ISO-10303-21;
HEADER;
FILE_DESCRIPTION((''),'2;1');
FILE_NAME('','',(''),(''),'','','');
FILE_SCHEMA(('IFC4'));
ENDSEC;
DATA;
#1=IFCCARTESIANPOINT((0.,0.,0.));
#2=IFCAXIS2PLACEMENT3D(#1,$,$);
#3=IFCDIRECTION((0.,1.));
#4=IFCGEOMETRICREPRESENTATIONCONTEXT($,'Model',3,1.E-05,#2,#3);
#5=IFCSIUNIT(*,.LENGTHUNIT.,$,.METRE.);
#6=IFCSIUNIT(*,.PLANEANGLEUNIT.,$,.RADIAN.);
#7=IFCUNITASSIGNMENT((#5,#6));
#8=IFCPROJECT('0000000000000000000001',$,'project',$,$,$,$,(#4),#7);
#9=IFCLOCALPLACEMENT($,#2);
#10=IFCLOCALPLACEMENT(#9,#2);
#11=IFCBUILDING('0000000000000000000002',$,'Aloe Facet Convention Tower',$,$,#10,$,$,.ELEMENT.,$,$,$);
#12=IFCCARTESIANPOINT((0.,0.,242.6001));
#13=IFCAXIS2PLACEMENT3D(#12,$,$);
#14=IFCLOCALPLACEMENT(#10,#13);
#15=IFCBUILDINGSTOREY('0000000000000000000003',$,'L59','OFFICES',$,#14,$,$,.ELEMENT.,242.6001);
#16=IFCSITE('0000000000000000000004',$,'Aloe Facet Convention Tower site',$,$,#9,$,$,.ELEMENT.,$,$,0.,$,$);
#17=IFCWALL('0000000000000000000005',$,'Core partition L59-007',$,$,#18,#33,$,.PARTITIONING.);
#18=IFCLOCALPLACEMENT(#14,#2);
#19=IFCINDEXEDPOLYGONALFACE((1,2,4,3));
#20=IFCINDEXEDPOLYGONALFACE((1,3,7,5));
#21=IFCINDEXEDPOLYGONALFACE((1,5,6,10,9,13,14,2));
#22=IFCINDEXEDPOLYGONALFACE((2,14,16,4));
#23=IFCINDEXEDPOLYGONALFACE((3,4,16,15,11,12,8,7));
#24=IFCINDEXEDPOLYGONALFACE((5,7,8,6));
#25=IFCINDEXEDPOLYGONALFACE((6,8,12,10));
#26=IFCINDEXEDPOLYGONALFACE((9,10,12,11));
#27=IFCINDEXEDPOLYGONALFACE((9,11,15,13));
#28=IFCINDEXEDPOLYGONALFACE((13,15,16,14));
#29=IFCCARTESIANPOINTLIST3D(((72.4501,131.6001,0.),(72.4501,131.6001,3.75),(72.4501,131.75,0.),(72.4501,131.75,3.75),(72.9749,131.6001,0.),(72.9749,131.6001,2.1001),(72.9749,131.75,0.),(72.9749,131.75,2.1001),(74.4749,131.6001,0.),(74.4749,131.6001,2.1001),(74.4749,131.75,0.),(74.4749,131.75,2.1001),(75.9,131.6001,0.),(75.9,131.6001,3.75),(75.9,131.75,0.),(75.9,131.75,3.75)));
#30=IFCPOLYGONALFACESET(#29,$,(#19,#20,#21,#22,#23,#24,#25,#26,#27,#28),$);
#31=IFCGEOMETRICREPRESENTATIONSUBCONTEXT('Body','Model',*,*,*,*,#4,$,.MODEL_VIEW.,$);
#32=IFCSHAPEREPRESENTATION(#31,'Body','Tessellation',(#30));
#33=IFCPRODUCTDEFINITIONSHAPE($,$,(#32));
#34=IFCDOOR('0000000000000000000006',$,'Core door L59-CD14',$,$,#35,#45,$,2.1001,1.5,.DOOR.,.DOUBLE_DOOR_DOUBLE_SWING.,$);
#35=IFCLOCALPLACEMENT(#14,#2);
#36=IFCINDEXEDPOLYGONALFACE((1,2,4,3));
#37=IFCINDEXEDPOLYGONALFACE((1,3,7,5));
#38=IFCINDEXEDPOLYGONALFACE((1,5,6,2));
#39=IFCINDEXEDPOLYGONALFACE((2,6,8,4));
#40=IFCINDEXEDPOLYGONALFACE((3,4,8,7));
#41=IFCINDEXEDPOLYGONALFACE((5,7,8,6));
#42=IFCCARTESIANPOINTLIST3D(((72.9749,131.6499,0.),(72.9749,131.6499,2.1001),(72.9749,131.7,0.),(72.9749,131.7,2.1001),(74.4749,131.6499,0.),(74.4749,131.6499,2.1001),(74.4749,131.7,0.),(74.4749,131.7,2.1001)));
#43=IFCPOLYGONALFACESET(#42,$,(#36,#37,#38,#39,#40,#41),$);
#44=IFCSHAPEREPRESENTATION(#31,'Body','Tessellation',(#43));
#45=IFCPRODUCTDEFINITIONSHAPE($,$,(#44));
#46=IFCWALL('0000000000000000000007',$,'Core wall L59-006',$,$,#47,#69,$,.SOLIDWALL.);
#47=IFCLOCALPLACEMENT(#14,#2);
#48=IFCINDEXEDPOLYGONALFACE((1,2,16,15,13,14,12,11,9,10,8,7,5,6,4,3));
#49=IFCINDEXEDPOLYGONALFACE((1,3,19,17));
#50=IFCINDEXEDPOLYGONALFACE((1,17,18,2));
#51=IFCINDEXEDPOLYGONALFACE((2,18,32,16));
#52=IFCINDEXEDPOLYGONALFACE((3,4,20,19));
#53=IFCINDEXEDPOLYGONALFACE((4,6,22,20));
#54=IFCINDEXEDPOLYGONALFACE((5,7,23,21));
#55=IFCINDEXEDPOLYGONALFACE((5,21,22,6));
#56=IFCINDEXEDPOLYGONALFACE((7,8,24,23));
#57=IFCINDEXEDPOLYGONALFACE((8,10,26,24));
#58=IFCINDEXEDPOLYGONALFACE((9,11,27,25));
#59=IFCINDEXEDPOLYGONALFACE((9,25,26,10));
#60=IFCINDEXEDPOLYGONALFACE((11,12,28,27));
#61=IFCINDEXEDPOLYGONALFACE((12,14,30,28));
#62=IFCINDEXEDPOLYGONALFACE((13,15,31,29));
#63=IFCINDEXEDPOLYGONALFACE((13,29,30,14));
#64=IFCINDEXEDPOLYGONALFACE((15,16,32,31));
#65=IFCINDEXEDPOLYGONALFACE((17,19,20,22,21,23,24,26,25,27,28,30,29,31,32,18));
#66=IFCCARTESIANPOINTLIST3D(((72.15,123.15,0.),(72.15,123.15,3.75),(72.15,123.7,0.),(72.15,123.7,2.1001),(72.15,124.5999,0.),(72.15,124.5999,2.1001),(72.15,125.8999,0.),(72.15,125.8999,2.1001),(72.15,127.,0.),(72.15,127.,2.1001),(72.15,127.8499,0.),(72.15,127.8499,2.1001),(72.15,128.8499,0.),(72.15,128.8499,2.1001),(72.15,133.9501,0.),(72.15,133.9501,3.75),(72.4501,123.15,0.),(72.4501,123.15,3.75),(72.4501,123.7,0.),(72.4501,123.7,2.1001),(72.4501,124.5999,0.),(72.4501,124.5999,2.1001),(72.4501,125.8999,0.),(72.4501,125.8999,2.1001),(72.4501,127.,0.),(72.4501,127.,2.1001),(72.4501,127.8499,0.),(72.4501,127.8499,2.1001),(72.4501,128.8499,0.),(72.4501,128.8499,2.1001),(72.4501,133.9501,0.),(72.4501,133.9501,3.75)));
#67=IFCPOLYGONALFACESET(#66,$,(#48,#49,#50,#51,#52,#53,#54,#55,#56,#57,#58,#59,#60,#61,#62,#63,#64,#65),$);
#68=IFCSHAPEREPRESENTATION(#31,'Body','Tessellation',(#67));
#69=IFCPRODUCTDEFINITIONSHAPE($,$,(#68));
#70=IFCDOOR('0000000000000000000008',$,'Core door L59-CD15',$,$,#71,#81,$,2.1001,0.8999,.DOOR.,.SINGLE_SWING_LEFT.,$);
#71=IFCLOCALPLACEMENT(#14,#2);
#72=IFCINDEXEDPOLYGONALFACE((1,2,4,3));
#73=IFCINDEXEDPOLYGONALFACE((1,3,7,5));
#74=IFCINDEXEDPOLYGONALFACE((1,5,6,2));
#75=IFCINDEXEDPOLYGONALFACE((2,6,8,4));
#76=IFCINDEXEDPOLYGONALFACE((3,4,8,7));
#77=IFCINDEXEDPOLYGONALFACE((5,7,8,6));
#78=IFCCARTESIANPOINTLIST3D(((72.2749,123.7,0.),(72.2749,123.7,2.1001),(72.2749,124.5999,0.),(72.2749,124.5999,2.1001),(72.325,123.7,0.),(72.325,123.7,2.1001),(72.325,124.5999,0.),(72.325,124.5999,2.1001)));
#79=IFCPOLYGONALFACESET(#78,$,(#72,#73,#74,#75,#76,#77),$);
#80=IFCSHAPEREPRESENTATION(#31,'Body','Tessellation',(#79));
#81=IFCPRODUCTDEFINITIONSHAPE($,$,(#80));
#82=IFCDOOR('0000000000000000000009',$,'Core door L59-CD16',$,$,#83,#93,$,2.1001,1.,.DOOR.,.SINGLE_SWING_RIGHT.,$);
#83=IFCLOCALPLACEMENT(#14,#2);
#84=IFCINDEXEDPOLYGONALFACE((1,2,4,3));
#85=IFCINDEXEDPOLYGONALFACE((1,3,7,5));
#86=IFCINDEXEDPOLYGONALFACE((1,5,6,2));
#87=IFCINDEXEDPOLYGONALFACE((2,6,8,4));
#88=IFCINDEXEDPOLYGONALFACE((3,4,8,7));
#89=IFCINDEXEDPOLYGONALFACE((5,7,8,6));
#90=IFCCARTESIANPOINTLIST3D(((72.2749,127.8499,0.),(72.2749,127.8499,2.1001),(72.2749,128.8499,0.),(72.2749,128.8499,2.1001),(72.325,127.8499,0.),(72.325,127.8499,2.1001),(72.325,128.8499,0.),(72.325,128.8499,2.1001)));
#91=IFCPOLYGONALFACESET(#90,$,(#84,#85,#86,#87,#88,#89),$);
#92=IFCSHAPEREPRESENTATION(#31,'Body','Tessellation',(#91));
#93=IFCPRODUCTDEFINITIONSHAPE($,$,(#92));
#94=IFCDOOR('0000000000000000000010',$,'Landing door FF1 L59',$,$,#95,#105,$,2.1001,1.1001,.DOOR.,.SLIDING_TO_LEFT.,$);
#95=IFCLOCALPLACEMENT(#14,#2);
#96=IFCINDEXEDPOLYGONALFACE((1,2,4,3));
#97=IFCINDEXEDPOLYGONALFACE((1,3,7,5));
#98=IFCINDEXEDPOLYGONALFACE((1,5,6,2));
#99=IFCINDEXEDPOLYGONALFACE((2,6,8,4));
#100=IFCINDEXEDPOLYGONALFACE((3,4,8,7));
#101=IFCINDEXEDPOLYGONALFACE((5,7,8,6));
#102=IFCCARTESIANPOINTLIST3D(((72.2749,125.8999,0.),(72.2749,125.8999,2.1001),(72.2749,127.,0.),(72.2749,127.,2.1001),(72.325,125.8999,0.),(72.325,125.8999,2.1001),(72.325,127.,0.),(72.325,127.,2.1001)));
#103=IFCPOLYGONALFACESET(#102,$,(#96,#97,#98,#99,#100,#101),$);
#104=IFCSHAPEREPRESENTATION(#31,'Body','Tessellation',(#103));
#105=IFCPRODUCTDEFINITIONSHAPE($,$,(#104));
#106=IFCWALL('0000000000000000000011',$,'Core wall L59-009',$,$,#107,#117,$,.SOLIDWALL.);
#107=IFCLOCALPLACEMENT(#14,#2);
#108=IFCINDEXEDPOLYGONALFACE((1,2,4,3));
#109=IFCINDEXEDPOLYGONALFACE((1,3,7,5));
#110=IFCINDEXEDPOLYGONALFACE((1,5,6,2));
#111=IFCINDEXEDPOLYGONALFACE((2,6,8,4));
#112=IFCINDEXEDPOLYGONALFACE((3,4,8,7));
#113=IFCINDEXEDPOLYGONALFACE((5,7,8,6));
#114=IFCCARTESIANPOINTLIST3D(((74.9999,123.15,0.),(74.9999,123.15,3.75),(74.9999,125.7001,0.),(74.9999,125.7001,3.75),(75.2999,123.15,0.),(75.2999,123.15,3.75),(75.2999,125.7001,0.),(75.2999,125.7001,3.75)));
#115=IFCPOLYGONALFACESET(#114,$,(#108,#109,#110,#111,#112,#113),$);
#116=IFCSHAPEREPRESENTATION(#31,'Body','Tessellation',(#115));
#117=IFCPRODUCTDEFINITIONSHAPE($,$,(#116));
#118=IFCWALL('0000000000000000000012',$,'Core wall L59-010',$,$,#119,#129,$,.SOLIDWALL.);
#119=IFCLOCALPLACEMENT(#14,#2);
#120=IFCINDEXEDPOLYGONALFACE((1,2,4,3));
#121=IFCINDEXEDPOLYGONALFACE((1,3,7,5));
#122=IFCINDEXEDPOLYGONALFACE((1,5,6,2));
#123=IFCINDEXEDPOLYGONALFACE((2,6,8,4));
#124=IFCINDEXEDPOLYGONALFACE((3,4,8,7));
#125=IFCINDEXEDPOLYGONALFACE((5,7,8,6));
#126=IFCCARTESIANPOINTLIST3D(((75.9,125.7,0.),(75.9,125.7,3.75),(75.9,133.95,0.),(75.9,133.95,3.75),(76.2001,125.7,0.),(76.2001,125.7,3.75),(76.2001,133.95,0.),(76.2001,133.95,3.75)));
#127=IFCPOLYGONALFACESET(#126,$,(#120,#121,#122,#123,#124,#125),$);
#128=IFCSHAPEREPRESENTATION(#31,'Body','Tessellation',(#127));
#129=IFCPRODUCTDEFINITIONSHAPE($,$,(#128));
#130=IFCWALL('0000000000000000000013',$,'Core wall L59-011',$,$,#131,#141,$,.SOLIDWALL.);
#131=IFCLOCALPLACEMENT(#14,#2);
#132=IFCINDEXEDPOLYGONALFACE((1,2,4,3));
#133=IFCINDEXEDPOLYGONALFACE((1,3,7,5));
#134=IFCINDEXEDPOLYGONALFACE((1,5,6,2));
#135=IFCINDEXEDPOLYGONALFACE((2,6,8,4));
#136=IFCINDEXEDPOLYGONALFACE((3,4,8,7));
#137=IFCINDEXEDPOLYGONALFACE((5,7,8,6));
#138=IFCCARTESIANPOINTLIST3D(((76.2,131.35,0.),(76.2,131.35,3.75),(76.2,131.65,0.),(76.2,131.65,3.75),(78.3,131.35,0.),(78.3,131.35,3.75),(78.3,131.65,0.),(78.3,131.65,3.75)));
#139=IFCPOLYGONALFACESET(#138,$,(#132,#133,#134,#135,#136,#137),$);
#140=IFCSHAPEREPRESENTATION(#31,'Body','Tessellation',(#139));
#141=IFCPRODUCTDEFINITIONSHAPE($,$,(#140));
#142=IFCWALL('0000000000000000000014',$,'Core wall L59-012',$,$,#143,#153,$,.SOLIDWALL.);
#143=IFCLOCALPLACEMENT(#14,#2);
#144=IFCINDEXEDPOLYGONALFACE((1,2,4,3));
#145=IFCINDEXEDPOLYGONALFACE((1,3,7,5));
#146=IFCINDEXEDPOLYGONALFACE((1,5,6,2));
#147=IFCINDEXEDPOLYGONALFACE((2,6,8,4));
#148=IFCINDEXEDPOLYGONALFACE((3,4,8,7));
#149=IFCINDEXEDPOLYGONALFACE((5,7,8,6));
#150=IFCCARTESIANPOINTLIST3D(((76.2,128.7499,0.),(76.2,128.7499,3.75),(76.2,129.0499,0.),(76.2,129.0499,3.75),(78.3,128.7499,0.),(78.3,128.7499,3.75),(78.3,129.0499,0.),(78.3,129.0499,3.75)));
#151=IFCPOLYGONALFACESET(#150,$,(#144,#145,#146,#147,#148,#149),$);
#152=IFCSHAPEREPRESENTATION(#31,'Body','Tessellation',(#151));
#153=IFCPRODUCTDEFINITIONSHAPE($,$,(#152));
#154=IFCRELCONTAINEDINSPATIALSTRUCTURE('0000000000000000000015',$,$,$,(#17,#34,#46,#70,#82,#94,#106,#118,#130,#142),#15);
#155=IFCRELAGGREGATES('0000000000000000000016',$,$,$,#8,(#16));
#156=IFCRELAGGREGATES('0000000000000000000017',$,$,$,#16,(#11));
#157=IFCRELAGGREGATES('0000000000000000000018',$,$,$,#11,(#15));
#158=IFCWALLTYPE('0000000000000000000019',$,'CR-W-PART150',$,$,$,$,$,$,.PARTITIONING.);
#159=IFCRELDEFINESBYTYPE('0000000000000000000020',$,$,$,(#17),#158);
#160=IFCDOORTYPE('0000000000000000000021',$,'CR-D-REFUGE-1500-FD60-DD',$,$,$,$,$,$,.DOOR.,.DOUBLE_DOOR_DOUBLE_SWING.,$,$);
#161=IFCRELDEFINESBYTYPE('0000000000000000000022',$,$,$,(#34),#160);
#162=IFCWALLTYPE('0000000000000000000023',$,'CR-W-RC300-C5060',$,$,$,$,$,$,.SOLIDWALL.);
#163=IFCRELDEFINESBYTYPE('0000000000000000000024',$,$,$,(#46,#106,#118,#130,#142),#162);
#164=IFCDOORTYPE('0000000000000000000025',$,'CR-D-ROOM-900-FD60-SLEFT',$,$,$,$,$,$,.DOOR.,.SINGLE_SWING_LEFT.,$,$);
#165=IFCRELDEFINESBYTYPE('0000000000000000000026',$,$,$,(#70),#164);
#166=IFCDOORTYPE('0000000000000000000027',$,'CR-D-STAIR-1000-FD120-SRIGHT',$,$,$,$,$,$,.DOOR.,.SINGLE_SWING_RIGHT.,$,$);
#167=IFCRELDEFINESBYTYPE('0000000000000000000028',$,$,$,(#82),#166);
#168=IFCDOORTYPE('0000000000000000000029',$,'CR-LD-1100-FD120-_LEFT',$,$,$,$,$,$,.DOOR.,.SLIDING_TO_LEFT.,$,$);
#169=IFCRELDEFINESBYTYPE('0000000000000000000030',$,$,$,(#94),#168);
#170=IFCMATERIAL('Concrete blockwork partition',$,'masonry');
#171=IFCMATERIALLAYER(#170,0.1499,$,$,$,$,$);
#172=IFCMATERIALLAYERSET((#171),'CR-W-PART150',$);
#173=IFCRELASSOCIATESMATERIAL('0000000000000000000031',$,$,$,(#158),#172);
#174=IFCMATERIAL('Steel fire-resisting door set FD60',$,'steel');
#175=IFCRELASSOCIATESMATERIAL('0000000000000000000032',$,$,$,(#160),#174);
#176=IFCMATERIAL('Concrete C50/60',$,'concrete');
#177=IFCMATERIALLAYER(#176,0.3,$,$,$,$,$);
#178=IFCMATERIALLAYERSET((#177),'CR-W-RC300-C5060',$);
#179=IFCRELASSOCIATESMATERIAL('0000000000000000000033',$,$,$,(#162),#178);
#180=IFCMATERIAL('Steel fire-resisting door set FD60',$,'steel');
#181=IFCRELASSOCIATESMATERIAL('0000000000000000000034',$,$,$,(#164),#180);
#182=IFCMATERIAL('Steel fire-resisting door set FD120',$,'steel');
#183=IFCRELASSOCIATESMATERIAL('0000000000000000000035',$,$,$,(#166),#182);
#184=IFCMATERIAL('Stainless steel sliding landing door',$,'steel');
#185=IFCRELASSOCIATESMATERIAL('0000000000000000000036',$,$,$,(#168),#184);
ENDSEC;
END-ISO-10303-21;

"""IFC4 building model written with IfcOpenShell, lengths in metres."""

from ifc_helpers import new_model, si_unit, direction, frame, frame_2d, origin, place, context, subcontext, project, spatial, rectangle, extrude, material, layer, layer_set, type_object, element, fill, save


model = new_model("IFC4")

# Units and contexts
model_context = context("Model", 3, precision=1e-05, world=origin(), true_north=direction((0.0, 1.0)))
body_context = subcontext(model_context, "Body", "Model", "MODEL_VIEW")
ifc_project = project(units=[si_unit("LENGTHUNIT", "METRE"), si_unit("PLANEANGLEUNIT", "RADIAN")], contexts=[model_context])

# Site, building, storey
site_placement = place(None, origin())
site = spatial("IfcSite", under=ifc_project, at=site_placement, Name="Aloe Facet Convention Tower site", CompositionType="ELEMENT", RefElevation=0.0)
building_placement = place(site_placement, origin())
building = spatial("IfcBuilding", under=site, at=building_placement, Name="Aloe Facet Convention Tower", CompositionType="ELEMENT")
storey_placement = place(building_placement, frame((0.0, 0.0, 242.6001)))
storey = spatial("IfcBuildingStorey", under=building, at=storey_placement, Name="L59", Description="OFFICES", CompositionType="ELEMENT", Elevation=242.6001)

# Wall, opening, door
ifc_material_1 = material(Name="Concrete blockwork partition", Category="masonry")
ifc_layer_1 = layer(ifc_material_1, 0.1499)
ifc_layer_set_1 = layer_set([ifc_layer_1], Name="CR-W-PART150")
wall_type_1 = type_object("IfcWallType", Name="CR-W-PART150", PredefinedType="PARTITIONING", material=ifc_layer_set_1)
wall_1_placement = place(storey_placement, frame((72.45, 131.675, 0.0), z_axis=(0.0, 0.0, 1.0), x_axis=(1.0, 0.0, 0.0)))
wall_1 = element("IfcWall", 1, at=wall_1_placement, inside=storey, type_object=wall_type_1, Name="Core partition L59-007", PredefinedType="PARTITIONING", context=body_context, shape_type="SweptSolid", body=[
    extrude(rectangle(XDim=3.45, YDim=0.1499, at=frame_2d((1.7251, 0.0))), origin(), (0.0, 0.0, 1.0), 3.75),
])
opening_1_placement = place(wall_1_placement, frame((0.5249, 0.0, 0.0)))
opening_1 = element("IfcOpeningElement", 2, at=opening_1_placement, cuts=wall_1, PredefinedType="OPENING", context=body_context, shape_type="SweptSolid", body=[
    extrude(rectangle(XDim=1.5, YDim=2.1001, at=frame_2d((0.75, 1.05))), frame((0.0, 0.085, 0.0), z_axis=(0.0, -1.0, 0.0), x_axis=(1.0, 0.0, 0.0)), (0.0, 0.0, 1.0), 0.1699),
])
ifc_material_2 = material(Name="Steel fire-resisting door set FD60", Category="steel")
door_type_1 = type_object("IfcDoorType", Name="CR-D-REFUGE-1500-FD60-DD", OperationType="DOUBLE_DOOR_DOUBLE_SWING", PredefinedType="DOOR", material=ifc_material_2)
door_1_placement = place(opening_1_placement, origin())
door_1 = element("IfcDoor", 3, at=door_1_placement, inside=storey, type_object=door_type_1, Name="Core door L59-CD14", OperationType="DOUBLE_DOOR_DOUBLE_SWING", OverallHeight=2.1001, OverallWidth=1.5, PredefinedType="DOOR", context=body_context, shape_type="SweptSolid", body=[
    extrude(rectangle(XDim=1.5, YDim=2.1001, at=frame_2d((0.75, 1.05))), frame((0.0, 0.0249, 0.0), z_axis=(0.0, -1.0, 0.0), x_axis=(1.0, 0.0, 0.0)), (0.0, 0.0, 1.0), 0.05),
])
fill(opening_1, door_1)

# Wall, openings, doors
ifc_material_3 = material(Name="Concrete C50/60", Category="concrete")
ifc_layer_2 = layer(ifc_material_3, 0.3)
ifc_layer_set_2 = layer_set([ifc_layer_2], Name="CR-W-RC300-C5060")
wall_type_2 = type_object("IfcWallType", Name="CR-W-RC300-C5060", PredefinedType="SOLIDWALL", material=ifc_layer_set_2)
wall_2_placement = place(storey_placement, frame((72.3, 133.95, 0.0), z_axis=(0.0, 0.0, 1.0), x_axis=(0.0, -1.0, 0.0)))
wall_2 = element("IfcWall", 4, at=wall_2_placement, inside=storey, type_object=wall_type_2, Name="Core wall L59-006", PredefinedType="SOLIDWALL", context=body_context, shape_type="SweptSolid", body=[
    extrude(rectangle(XDim=10.8, YDim=0.3, at=frame_2d((5.3999, 0.0))), origin(), (0.0, 0.0, 1.0), 3.75),
])
opening_2_placement = place(wall_2_placement, frame((6.95, 0.0, 0.0)))
opening_2 = element("IfcOpeningElement", 5, at=opening_2_placement, cuts=wall_2, PredefinedType="OPENING", context=body_context, shape_type="SweptSolid", body=[
    extrude(rectangle(XDim=1.1001, YDim=2.1001, at=frame_2d((0.55, 1.05))), frame((0.0, 0.1602, 0.0), z_axis=(0.0, -1.0, 0.0), x_axis=(1.0, 0.0, 0.0)), (0.0, 0.0, 1.0), 0.3201),
])
opening_3_placement = place(wall_2_placement, frame((9.3501, 0.0, 0.0)))
opening_3 = element("IfcOpeningElement", 6, at=opening_3_placement, cuts=wall_2, PredefinedType="OPENING", context=body_context, shape_type="SweptSolid", body=[
    extrude(rectangle(XDim=0.8999, YDim=2.1001, at=frame_2d((0.45, 1.05))), frame((0.0, 0.1602, 0.0), z_axis=(0.0, -1.0, 0.0), x_axis=(1.0, 0.0, 0.0)), (0.0, 0.0, 1.0), 0.3201),
])
opening_4_placement = place(wall_2_placement, frame((5.1001, 0.0, 0.0)))
opening_4 = element("IfcOpeningElement", 7, at=opening_4_placement, cuts=wall_2, PredefinedType="OPENING", context=body_context, shape_type="SweptSolid", body=[
    extrude(rectangle(XDim=1.0, YDim=2.1001, at=frame_2d((0.5, 1.05))), frame((0.0, 0.1602, 0.0), z_axis=(0.0, -1.0, 0.0), x_axis=(1.0, 0.0, 0.0)), (0.0, 0.0, 1.0), 0.3201),
])
ifc_material_4 = material(Name="Steel fire-resisting door set FD60", Category="steel")
door_type_2 = type_object("IfcDoorType", Name="CR-D-ROOM-900-FD60-SLEFT", OperationType="SINGLE_SWING_LEFT", PredefinedType="DOOR", material=ifc_material_4)
door_2_placement = place(opening_3_placement, origin())
door_2 = element("IfcDoor", 8, at=door_2_placement, inside=storey, type_object=door_type_2, Name="Core door L59-CD15", OperationType="SINGLE_SWING_LEFT", OverallHeight=2.1001, OverallWidth=0.8999, PredefinedType="DOOR", context=body_context, shape_type="SweptSolid", body=[
    extrude(rectangle(XDim=0.8999, YDim=2.1001, at=frame_2d((0.45, 1.05))), frame((0.0, 0.0249, 0.0), z_axis=(0.0, -1.0, 0.0), x_axis=(1.0, 0.0, 0.0)), (0.0, 0.0, 1.0), 0.05),
])
fill(opening_3, door_2)
ifc_material_5 = material(Name="Steel fire-resisting door set FD120", Category="steel")
door_type_3 = type_object("IfcDoorType", Name="CR-D-STAIR-1000-FD120-SRIGHT", OperationType="SINGLE_SWING_RIGHT", PredefinedType="DOOR", material=ifc_material_5)
door_3_placement = place(opening_4_placement, origin())
door_3 = element("IfcDoor", 9, at=door_3_placement, inside=storey, type_object=door_type_3, Name="Core door L59-CD16", OperationType="SINGLE_SWING_RIGHT", OverallHeight=2.1001, OverallWidth=1.0, PredefinedType="DOOR", context=body_context, shape_type="SweptSolid", body=[
    extrude(rectangle(XDim=1.0, YDim=2.1001, at=frame_2d((0.5, 1.05))), frame((0.0, 0.0249, 0.0), z_axis=(0.0, -1.0, 0.0), x_axis=(1.0, 0.0, 0.0)), (0.0, 0.0, 1.0), 0.05),
])
fill(opening_4, door_3)
ifc_material_6 = material(Name="Stainless steel sliding landing door", Category="steel")
door_type_4 = type_object("IfcDoorType", Name="CR-LD-1100-FD120-_LEFT", OperationType="SLIDING_TO_LEFT", PredefinedType="DOOR", material=ifc_material_6)
door_4_placement = place(opening_2_placement, origin())
door_4 = element("IfcDoor", 10, at=door_4_placement, inside=storey, type_object=door_type_4, Name="Landing door FF1 L59", OperationType="SLIDING_TO_LEFT", OverallHeight=2.1001, OverallWidth=1.1001, PredefinedType="DOOR", context=body_context, shape_type="SweptSolid", body=[
    extrude(rectangle(XDim=1.1001, YDim=2.1001, at=frame_2d((0.55, 1.05))), frame((0.0, 0.0249, 0.0), z_axis=(0.0, -1.0, 0.0), x_axis=(1.0, 0.0, 0.0)), (0.0, 0.0, 1.0), 0.05),
])
fill(opening_2, door_4)

# Walls
wall_3_placement = place(storey_placement, frame((75.1499, 125.7, 0.0), z_axis=(0.0, 0.0, 1.0), x_axis=(0.0, -1.0, 0.0)))
element("IfcWall", 11, at=wall_3_placement, inside=storey, type_object=wall_type_2, Name="Core wall L59-009", PredefinedType="SOLIDWALL", context=body_context, shape_type="SweptSolid", body=[
    extrude(rectangle(XDim=2.55, YDim=0.3, at=frame_2d((1.2749, 0.0))), origin(), (0.0, 0.0, 1.0), 3.75),
])
wall_4_placement = place(storey_placement, frame((76.05, 133.95, 0.0), z_axis=(0.0, 0.0, 1.0), x_axis=(0.0, -1.0, 0.0)))
element("IfcWall", 12, at=wall_4_placement, inside=storey, type_object=wall_type_2, Name="Core wall L59-010", PredefinedType="SOLIDWALL", context=body_context, shape_type="SweptSolid", body=[
    extrude(rectangle(XDim=8.25, YDim=0.3, at=frame_2d((4.125, 0.0))), origin(), (0.0, 0.0, 1.0), 3.75),
])
for number, where, z_axis, x_axis, name in (
    (13, (76.2, 131.5, 0.0), (0.0, 0.0, 1.0), (1.0, 0.0, 0.0), "Core wall L59-011"),
    (14, (76.2, 128.8999, 0.0), (0.0, 0.0, 1.0), (1.0, 0.0, 0.0), "Core wall L59-012"),
):
    element("IfcWall", number, at=place(storey_placement, frame(where, z_axis=z_axis, x_axis=x_axis)), inside=storey, type_object=wall_type_2, Name=name, PredefinedType="SOLIDWALL", context=body_context, shape_type="SweptSolid", body=[
        extrude(rectangle(XDim=2.1001, YDim=0.3, at=frame_2d((1.05, 0.0))), origin(), (0.0, 0.0, 1.0), 3.75),
    ])

save(model, "model.ifc")
